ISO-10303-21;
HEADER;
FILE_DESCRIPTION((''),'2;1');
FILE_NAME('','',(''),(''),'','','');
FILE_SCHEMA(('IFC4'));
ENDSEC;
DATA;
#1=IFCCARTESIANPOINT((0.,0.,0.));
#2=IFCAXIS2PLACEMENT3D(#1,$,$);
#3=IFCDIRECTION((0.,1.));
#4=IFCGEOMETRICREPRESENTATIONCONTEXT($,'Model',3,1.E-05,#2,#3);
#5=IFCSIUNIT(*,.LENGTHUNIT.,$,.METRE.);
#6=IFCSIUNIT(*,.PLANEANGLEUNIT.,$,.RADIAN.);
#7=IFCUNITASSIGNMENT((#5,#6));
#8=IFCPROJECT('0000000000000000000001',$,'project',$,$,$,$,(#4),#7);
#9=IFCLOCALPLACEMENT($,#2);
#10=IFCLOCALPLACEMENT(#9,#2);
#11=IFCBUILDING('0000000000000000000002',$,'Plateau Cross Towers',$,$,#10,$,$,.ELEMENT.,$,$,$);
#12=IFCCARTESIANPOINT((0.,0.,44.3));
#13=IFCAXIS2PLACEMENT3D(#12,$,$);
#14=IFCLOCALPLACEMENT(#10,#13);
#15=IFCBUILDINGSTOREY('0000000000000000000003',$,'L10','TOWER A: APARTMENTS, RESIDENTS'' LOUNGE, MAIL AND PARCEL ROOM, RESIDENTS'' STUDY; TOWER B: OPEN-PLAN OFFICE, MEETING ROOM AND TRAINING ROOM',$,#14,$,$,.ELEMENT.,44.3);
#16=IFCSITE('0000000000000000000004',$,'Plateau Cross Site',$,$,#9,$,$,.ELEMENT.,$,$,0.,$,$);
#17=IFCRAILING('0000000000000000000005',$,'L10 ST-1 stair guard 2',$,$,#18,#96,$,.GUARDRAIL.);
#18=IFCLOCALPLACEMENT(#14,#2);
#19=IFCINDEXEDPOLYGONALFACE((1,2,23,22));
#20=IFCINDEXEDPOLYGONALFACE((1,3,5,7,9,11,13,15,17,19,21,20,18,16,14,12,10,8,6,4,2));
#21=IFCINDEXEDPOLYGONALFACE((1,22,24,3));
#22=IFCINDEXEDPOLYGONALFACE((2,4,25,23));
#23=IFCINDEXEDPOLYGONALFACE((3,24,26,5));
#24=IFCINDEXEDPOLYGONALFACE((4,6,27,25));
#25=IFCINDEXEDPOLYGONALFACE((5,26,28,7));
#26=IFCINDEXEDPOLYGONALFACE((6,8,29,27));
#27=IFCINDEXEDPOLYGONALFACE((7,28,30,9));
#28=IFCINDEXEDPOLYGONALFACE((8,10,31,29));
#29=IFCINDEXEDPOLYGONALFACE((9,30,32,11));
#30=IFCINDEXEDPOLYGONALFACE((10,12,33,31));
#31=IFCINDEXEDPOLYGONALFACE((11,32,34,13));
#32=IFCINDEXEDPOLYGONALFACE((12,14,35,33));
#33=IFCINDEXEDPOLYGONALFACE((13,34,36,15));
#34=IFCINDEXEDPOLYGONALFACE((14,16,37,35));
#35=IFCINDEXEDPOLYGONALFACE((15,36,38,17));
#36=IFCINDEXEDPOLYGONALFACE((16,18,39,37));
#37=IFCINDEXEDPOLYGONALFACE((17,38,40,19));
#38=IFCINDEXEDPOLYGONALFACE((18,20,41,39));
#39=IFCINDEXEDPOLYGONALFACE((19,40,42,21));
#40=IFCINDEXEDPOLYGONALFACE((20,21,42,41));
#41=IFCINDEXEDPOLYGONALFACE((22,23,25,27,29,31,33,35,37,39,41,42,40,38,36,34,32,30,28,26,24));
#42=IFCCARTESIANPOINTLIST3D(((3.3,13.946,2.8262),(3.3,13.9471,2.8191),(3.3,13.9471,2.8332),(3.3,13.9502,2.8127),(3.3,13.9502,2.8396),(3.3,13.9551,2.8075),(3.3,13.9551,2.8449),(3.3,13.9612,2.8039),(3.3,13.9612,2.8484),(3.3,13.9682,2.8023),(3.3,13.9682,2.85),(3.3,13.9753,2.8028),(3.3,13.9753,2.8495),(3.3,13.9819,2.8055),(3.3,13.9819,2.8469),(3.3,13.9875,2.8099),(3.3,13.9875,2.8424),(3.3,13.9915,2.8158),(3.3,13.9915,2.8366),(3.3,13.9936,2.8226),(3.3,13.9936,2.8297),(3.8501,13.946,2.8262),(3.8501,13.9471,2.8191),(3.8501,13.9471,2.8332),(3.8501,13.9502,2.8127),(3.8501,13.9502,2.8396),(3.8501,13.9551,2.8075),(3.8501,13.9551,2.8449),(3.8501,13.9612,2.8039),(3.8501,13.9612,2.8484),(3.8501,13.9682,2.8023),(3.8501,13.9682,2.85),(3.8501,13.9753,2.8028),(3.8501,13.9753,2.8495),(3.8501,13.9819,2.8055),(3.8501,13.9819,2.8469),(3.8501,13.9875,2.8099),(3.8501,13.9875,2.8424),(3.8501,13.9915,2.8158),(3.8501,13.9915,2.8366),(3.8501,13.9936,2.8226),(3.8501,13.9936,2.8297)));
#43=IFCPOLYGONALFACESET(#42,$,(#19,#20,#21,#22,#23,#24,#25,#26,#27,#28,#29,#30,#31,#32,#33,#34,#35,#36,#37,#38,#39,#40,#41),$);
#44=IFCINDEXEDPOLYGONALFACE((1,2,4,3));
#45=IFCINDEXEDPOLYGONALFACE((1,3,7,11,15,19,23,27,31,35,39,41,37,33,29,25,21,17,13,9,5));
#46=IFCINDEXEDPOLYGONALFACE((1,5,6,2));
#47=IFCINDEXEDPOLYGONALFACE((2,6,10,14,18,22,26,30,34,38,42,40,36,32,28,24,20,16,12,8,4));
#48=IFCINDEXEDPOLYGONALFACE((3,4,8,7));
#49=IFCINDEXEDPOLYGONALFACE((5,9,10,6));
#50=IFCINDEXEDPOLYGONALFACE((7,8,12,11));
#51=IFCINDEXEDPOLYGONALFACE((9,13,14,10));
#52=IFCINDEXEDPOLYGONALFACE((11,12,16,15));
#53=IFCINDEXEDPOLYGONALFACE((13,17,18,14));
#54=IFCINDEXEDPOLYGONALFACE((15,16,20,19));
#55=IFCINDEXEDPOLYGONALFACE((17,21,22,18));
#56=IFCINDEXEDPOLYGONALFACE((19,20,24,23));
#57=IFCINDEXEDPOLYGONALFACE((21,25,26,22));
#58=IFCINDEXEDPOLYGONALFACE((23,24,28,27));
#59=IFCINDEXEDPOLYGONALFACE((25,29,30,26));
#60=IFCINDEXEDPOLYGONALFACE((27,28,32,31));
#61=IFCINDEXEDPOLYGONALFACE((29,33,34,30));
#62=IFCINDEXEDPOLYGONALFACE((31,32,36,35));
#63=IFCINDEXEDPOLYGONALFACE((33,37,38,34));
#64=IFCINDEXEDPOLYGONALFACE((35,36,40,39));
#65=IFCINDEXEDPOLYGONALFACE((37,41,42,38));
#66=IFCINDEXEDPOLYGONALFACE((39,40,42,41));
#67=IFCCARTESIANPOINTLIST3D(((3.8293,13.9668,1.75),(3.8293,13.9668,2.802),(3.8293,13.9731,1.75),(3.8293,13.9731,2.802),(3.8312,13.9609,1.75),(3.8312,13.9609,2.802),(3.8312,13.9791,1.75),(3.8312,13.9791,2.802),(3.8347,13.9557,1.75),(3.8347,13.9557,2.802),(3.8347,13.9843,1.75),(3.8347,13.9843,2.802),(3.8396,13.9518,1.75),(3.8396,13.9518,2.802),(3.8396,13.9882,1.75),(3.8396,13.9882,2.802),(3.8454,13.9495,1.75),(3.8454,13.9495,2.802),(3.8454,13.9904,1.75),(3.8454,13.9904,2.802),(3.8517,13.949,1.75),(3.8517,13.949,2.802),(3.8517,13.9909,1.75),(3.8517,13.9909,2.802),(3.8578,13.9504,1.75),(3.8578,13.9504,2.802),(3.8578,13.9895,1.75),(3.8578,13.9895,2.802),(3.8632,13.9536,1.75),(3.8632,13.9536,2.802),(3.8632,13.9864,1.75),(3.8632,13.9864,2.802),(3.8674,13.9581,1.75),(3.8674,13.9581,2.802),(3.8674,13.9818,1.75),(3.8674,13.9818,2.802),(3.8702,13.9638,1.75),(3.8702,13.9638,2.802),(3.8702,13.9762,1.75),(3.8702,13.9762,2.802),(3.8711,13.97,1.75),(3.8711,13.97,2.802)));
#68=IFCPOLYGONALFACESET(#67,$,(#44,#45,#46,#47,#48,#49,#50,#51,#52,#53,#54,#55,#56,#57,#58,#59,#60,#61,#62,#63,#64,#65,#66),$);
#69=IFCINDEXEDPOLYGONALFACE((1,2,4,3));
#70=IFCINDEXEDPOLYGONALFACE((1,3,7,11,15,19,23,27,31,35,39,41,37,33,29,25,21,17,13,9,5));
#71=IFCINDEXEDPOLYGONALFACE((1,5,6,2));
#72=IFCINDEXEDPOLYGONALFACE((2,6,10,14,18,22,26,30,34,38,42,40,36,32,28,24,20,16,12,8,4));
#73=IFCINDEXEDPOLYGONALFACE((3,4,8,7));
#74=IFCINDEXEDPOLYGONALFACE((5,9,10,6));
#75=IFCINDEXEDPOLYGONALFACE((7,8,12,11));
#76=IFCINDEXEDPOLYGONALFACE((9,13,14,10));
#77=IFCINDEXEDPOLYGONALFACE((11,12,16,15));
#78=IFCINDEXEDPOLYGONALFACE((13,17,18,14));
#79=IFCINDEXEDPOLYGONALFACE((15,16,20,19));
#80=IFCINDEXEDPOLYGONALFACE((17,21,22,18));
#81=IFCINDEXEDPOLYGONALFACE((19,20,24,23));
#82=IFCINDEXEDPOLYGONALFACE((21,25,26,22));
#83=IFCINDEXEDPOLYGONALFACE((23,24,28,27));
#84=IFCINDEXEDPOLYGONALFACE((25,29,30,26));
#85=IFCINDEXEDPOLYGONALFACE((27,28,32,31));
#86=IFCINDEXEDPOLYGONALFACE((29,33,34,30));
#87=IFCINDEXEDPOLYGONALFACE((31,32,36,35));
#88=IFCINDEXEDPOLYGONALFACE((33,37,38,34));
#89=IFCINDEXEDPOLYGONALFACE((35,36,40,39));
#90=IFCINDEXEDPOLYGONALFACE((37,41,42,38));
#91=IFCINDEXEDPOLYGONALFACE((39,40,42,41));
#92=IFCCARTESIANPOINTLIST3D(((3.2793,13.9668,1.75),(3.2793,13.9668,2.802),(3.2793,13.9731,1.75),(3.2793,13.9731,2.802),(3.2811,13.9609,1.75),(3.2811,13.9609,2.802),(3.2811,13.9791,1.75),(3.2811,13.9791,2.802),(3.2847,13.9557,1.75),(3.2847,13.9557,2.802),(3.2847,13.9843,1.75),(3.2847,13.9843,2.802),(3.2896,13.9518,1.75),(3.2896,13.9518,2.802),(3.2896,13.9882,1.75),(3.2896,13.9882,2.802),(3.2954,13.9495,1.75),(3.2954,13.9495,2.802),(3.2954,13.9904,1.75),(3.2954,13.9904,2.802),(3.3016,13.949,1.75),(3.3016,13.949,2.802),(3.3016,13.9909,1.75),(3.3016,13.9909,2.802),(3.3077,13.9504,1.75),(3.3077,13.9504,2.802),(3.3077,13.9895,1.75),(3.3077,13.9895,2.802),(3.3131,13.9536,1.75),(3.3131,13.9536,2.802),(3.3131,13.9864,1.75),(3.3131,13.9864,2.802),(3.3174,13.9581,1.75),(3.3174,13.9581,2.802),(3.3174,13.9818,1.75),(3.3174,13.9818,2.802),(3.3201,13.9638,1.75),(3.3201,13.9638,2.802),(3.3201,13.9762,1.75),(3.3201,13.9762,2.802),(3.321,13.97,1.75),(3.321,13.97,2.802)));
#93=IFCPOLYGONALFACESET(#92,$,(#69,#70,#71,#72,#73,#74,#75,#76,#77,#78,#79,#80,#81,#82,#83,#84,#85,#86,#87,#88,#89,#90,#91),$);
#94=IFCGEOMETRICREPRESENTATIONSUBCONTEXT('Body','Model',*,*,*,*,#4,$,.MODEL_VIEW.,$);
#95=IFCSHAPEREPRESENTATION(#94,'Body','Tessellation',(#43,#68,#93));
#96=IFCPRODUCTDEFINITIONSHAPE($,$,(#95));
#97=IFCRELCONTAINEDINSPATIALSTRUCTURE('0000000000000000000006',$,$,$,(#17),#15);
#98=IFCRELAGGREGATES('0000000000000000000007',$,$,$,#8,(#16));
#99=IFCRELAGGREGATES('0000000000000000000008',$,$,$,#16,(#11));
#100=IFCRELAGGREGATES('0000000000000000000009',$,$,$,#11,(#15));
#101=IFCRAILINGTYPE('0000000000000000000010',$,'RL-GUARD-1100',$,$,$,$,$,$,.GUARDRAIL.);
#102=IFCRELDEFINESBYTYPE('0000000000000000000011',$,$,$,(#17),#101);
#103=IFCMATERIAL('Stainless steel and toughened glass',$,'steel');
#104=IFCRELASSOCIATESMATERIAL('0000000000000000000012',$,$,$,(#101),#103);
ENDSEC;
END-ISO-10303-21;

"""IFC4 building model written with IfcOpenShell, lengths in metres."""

from ifc_helpers import new_model, si_unit, direction, frame, origin, origin_2d, place, context, subcontext, project, spatial, circle, extrude, material, type_object, element, save


model = new_model("IFC4")

# Units and contexts
model_context = context("Model", 3, precision=1e-05, world=origin(), true_north=direction((0.0, 1.0)))
body_context = subcontext(model_context, "Body", "Model", "MODEL_VIEW")
ifc_project = project(units=[si_unit("LENGTHUNIT", "METRE"), si_unit("PLANEANGLEUNIT", "RADIAN")], contexts=[model_context])

# Site, building, storey
site_placement = place(None, origin())
site = spatial("IfcSite", under=ifc_project, at=site_placement, Name="Plateau Cross Site", CompositionType="ELEMENT", RefElevation=0.0)
building_placement = place(site_placement, origin())
building = spatial("IfcBuilding", under=site, at=building_placement, Name="Plateau Cross Towers", CompositionType="ELEMENT")
storey_placement = place(building_placement, frame((0.0, 0.0, 44.3)))
storey = spatial("IfcBuildingStorey", under=building, at=storey_placement, Name="L10", Description="TOWER A: APARTMENTS, RESIDENTS' LOUNGE, MAIL AND PARCEL ROOM, RESIDENTS' STUDY; TOWER B: OPEN-PLAN OFFICE, MEETING ROOM AND TRAINING ROOM", CompositionType="ELEMENT", Elevation=44.3)

# Railing
ifc_material_1 = material(Name="Stainless steel and toughened glass", Category="steel")
railing_type_1 = type_object("IfcRailingType", Name="RL-GUARD-1100", PredefinedType="GUARDRAIL", material=ifc_material_1)
railing_1_placement = place(storey_placement, frame((3.8501, 13.97, 1.75)))
element("IfcRailing", 1, at=railing_1_placement, inside=storey, type_object=railing_type_1, Name="L10 ST-1 stair guard 2", PredefinedType="GUARDRAIL", context=body_context, shape_type="SweptSolid", body=[
    extrude(circle(Radius=0.0239, at=origin_2d()), frame((0.0, 0.0, 1.0762), z_axis=(-1.0, 0.0, 0.0), x_axis=(0.0, -1.0, 0.0)), (0.0, 0.0, 1.0), 0.55),
    extrude(circle(Radius=0.021, at=origin_2d()), origin(), (0.0, 0.0, 1.0), 1.052),
    extrude(circle(Radius=0.021, at=origin_2d()), frame((-0.55, 0.0, 0.0)), (0.0, 0.0, 1.0), 1.052),
])

save(model, "model.ifc")
